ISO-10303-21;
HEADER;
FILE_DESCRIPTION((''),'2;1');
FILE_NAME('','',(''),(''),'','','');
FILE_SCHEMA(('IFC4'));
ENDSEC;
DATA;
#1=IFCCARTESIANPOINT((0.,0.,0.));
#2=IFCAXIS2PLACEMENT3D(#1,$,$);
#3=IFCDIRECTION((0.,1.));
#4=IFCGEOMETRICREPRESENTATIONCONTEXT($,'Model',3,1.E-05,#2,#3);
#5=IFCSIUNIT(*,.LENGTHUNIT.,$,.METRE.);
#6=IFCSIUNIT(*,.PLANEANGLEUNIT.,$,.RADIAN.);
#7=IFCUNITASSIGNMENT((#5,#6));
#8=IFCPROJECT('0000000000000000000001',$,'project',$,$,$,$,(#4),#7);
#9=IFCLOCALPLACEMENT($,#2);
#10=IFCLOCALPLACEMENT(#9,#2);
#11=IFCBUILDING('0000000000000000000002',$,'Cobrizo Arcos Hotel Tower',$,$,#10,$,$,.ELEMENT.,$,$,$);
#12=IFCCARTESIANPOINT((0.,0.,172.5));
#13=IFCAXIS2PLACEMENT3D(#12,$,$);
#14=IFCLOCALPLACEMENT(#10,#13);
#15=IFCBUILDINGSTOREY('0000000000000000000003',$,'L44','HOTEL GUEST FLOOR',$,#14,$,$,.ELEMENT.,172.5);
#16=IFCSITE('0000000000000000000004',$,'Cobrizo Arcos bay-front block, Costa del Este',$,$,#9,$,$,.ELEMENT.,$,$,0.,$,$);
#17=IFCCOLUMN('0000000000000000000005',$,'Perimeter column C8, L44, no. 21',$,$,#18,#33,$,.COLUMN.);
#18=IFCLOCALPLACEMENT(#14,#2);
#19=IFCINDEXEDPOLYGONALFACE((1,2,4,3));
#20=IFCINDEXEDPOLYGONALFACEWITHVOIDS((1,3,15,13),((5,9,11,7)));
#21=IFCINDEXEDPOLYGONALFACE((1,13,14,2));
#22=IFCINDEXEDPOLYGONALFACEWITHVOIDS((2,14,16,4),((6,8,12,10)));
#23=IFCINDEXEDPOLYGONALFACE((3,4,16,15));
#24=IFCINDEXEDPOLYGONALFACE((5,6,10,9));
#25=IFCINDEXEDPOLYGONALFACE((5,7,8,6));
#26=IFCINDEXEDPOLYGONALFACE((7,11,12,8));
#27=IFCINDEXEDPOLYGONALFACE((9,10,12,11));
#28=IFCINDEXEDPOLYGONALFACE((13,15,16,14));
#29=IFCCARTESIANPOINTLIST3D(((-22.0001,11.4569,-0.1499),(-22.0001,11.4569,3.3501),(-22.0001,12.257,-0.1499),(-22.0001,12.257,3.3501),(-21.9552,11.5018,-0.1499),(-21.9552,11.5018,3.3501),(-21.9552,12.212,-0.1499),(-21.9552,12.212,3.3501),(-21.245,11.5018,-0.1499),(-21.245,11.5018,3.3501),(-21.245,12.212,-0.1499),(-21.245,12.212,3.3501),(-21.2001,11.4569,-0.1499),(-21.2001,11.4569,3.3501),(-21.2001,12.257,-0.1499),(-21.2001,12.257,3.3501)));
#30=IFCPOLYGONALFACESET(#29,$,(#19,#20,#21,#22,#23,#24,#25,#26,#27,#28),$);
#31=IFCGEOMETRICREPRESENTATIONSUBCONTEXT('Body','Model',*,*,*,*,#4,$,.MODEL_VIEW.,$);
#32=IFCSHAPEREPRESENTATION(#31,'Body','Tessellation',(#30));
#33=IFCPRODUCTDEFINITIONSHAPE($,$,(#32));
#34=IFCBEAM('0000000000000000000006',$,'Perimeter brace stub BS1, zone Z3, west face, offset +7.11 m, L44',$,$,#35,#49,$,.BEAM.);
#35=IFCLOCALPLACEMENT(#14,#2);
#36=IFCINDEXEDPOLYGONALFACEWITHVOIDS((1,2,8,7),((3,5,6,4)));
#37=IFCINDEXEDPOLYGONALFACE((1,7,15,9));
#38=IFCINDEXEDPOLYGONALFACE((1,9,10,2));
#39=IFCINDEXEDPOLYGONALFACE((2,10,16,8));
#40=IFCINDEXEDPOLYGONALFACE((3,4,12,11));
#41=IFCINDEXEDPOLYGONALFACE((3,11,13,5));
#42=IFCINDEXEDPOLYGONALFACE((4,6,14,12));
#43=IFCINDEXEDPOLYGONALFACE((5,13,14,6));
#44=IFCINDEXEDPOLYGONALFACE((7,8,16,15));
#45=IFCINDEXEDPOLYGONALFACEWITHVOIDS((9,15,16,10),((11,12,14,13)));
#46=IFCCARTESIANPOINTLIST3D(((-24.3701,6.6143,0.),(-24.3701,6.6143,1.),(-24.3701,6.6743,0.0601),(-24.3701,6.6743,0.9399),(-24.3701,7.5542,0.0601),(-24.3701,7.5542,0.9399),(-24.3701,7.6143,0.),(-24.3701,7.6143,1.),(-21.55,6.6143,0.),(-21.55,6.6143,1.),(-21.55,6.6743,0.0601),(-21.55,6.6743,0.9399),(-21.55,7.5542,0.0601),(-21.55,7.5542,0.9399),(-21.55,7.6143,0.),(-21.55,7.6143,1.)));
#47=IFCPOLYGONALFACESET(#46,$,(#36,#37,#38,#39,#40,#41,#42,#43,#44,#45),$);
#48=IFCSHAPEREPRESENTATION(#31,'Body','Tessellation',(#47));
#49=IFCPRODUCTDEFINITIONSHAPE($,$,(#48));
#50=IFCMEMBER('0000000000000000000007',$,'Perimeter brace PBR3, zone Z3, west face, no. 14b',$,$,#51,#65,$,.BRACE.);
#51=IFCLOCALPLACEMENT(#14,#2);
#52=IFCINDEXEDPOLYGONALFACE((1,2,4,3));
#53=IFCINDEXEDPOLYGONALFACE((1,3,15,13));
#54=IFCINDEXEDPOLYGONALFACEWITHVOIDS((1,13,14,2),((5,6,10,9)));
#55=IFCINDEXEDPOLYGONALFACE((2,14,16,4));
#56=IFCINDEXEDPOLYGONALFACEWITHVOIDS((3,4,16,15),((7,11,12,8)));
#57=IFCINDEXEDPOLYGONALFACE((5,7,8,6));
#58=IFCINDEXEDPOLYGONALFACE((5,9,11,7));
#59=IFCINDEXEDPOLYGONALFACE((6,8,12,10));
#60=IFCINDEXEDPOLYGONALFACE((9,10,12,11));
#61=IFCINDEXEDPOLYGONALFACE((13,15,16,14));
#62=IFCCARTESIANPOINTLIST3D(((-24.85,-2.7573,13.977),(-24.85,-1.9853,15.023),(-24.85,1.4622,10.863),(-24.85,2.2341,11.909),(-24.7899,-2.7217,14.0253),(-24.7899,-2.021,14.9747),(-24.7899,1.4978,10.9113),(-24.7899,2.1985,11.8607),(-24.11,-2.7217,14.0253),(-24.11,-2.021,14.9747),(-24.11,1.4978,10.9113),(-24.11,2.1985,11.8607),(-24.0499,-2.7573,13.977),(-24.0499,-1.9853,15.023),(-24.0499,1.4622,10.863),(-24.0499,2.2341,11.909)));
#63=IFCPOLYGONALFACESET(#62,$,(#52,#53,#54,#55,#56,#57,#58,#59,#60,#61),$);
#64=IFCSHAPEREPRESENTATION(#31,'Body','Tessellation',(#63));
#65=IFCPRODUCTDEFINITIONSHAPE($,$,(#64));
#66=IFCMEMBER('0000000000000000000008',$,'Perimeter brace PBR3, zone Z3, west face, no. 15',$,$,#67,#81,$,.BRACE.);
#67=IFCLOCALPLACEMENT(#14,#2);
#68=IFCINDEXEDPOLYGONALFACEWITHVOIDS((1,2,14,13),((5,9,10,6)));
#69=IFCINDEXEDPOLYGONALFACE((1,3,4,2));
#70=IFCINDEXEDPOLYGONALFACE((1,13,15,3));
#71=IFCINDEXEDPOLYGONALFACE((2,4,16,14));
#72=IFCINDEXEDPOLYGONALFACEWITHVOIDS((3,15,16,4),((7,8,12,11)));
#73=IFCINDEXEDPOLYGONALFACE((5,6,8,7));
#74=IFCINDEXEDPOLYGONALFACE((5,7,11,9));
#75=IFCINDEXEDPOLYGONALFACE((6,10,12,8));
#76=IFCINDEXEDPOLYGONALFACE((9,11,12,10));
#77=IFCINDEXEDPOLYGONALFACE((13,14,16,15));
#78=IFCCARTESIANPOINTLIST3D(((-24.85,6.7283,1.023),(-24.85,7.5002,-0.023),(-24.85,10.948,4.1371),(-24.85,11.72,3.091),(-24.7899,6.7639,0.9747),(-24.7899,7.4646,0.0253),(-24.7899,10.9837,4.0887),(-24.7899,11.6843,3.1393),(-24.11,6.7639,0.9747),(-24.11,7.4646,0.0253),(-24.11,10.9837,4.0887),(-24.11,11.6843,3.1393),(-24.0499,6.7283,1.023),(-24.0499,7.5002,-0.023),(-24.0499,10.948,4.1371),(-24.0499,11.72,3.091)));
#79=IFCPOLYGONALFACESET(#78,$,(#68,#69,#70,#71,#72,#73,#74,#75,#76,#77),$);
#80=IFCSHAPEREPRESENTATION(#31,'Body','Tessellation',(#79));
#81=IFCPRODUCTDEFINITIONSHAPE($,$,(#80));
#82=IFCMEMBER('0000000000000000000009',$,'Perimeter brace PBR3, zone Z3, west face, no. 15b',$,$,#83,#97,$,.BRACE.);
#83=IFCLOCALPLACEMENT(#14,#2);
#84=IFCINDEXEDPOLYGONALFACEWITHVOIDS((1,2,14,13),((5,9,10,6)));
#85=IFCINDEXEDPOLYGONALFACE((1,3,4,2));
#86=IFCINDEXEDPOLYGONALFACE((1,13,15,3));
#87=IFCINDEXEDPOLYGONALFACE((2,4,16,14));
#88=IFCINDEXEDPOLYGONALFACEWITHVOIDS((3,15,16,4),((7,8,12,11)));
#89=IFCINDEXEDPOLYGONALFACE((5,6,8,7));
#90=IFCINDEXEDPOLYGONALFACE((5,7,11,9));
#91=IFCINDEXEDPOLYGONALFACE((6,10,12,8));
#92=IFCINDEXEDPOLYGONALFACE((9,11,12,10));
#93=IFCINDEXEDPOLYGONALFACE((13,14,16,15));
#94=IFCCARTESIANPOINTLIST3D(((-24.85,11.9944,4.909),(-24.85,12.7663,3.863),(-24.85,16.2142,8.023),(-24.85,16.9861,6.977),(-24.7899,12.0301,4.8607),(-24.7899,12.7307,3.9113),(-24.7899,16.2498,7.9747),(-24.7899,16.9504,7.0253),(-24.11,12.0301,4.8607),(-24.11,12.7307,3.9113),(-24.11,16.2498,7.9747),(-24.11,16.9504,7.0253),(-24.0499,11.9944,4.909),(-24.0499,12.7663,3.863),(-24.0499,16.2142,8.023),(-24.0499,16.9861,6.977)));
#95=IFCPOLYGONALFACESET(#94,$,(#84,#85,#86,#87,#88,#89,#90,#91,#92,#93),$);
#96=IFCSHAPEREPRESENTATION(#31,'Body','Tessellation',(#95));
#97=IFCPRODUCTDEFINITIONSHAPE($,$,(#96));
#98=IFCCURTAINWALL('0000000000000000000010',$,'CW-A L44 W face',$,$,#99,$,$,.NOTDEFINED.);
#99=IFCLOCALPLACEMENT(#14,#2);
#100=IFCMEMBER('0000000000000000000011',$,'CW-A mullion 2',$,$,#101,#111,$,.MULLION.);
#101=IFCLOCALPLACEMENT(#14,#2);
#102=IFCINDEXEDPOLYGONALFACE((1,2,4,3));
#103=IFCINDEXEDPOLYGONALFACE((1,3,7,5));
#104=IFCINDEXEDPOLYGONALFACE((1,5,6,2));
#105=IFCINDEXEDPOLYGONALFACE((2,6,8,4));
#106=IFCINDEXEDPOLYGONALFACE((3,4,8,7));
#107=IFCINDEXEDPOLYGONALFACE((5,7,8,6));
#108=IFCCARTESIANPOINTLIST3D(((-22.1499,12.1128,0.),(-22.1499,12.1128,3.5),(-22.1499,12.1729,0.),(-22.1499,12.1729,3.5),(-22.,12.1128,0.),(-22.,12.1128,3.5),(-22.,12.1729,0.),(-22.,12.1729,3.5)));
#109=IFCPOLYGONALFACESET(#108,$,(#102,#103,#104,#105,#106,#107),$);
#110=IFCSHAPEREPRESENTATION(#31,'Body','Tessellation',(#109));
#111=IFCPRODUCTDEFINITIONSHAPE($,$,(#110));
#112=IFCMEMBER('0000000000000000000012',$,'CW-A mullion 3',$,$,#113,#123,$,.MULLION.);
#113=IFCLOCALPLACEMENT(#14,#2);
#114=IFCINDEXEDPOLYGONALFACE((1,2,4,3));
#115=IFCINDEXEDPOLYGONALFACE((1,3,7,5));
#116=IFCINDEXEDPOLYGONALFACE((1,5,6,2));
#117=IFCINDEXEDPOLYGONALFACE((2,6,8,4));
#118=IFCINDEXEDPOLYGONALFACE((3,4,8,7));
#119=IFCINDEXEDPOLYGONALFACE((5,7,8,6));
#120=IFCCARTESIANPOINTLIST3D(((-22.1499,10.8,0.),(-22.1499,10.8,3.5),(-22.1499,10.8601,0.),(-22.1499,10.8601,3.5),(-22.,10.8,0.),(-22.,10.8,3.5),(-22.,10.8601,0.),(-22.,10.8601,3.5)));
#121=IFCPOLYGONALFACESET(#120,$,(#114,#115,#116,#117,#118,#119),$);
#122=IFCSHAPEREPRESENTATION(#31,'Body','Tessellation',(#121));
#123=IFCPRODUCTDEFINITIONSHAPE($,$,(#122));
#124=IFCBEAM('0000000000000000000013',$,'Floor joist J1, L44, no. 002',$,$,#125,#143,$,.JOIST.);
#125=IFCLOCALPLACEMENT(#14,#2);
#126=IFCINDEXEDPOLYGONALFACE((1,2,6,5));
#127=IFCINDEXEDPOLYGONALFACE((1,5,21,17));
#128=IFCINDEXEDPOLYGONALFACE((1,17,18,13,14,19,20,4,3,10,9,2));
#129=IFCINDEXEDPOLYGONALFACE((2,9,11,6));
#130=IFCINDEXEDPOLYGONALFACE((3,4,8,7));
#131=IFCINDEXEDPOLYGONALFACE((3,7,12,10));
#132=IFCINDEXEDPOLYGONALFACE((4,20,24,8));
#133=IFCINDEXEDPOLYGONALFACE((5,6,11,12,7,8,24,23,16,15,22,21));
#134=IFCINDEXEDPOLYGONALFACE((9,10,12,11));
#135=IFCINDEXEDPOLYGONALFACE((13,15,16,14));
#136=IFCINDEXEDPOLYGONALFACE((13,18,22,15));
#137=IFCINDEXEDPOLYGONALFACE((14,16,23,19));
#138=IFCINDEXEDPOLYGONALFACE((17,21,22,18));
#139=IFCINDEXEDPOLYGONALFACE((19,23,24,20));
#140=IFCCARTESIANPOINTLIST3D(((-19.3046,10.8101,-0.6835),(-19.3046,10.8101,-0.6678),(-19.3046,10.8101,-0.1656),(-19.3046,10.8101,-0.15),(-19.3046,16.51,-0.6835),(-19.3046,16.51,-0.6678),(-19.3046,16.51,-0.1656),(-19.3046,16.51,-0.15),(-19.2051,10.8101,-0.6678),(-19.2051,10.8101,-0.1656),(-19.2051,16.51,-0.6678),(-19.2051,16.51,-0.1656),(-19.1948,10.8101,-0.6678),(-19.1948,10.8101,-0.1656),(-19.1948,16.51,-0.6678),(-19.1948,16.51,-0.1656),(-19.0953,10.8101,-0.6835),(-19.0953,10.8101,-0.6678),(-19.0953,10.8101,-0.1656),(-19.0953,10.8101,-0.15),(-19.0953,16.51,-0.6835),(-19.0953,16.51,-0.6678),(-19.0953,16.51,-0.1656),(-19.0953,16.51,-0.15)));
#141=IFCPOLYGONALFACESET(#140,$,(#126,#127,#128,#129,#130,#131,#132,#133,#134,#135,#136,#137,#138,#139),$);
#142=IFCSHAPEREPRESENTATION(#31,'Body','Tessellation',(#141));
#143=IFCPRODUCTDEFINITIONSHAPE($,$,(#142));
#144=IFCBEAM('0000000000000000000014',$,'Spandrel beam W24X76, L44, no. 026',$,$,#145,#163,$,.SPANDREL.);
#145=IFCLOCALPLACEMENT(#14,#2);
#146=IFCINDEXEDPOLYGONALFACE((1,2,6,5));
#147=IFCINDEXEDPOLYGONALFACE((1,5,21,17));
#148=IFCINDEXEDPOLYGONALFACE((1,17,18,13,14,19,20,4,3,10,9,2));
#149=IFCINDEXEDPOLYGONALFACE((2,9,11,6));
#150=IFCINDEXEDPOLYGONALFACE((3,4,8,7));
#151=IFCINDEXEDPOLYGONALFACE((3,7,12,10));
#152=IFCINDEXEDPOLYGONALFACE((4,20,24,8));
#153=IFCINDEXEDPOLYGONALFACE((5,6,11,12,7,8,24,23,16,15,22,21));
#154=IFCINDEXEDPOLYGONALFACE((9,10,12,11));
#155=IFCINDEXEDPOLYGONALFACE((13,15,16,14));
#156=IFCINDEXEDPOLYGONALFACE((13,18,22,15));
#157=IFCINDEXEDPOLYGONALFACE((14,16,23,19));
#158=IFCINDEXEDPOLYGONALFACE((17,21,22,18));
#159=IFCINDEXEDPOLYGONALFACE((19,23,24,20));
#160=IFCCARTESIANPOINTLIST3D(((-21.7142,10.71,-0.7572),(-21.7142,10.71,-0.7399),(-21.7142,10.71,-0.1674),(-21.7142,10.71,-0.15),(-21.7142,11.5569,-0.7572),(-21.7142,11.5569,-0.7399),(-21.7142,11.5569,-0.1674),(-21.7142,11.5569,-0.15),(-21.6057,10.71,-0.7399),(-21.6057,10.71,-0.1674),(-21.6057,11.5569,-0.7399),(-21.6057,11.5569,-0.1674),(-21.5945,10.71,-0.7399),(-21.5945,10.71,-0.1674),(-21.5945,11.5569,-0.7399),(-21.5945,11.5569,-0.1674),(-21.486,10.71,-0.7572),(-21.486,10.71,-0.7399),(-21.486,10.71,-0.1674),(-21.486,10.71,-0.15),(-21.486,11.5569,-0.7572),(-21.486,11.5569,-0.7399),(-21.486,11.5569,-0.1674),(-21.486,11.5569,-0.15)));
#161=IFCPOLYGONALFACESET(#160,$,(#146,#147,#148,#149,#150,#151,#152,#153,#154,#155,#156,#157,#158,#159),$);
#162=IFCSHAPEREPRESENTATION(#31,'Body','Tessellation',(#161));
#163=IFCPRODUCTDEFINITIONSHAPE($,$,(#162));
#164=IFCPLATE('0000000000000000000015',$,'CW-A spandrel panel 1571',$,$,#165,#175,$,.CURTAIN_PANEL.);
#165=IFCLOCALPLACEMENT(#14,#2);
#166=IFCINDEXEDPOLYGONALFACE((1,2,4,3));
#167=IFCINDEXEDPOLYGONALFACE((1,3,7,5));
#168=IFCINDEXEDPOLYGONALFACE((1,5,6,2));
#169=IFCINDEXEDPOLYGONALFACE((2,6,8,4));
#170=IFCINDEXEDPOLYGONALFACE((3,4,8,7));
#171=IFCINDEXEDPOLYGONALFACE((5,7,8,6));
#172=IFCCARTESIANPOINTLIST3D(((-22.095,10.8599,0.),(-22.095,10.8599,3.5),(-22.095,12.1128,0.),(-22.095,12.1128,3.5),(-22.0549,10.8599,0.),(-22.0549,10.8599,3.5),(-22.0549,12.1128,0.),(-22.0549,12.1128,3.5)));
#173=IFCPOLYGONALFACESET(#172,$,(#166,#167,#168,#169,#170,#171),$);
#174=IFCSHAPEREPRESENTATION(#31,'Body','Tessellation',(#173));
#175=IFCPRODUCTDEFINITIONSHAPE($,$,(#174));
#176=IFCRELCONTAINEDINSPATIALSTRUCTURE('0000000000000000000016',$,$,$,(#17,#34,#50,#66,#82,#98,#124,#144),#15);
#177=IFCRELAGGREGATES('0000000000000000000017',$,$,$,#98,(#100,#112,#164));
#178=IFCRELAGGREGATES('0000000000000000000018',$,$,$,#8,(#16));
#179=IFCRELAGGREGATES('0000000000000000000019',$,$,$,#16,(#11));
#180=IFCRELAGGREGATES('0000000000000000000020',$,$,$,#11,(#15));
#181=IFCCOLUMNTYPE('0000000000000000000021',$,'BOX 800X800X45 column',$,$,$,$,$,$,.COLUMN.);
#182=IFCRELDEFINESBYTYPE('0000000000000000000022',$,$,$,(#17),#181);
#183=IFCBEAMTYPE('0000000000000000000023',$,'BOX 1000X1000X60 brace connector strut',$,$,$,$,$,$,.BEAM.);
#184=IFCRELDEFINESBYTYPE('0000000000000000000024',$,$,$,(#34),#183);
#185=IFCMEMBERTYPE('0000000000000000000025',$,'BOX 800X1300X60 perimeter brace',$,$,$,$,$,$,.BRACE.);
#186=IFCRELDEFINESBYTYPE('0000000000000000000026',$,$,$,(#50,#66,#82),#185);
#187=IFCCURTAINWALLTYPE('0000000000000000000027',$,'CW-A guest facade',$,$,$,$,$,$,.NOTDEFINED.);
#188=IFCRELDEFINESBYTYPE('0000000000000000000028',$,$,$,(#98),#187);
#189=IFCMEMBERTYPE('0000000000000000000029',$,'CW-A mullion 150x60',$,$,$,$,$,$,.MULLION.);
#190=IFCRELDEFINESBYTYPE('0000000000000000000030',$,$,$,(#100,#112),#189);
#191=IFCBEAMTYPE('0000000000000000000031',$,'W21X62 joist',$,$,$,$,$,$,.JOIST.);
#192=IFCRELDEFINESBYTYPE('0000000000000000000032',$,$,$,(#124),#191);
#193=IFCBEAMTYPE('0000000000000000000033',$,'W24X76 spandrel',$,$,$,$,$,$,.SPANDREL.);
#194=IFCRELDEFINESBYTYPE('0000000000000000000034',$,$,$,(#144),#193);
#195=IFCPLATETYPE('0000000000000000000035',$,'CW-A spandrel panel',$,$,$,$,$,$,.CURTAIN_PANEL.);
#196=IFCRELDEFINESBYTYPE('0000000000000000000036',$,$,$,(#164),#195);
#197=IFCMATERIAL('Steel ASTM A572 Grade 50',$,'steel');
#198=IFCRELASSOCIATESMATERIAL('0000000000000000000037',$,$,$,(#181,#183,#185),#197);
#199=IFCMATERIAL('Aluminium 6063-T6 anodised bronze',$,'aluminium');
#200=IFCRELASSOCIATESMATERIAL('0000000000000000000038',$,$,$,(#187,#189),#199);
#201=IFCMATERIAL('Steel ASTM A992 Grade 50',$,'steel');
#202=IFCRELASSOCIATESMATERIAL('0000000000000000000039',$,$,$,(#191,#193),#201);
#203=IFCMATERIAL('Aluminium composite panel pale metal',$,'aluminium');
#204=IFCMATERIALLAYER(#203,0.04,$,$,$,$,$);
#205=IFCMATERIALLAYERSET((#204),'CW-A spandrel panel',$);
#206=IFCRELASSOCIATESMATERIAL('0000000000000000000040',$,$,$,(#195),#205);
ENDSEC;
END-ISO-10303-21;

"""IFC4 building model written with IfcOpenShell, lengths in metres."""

from ifc_helpers import new_model, si_unit, direction, frame, origin, origin_2d, place, context, subcontext, project, spatial, rectangle, hollow_rectangle, i_section, extrude, material, layer, layer_set, material_profile, profile_set, type_object, element, aggregate, save


model = new_model("IFC4")

# Units and contexts
model_context = context("Model", 3, precision=1e-05, world=origin(), true_north=direction((0.0, 1.0)))
body_context = subcontext(model_context, "Body", "Model", "MODEL_VIEW")
ifc_project = project(units=[si_unit("LENGTHUNIT", "METRE"), si_unit("PLANEANGLEUNIT", "RADIAN")], contexts=[model_context])

# Site, building, storey
site_placement = place(None, origin())
site = spatial("IfcSite", under=ifc_project, at=site_placement, Name="Cobrizo Arcos bay-front block, Costa del Este", CompositionType="ELEMENT", RefElevation=0.0)
building_placement = place(site_placement, origin())
building = spatial("IfcBuilding", under=site, at=building_placement, Name="Cobrizo Arcos Hotel Tower", CompositionType="ELEMENT")
storey_placement = place(building_placement, frame((0.0, 0.0, 172.5)))
storey = spatial("IfcBuildingStorey", under=building, at=storey_placement, Name="L44", Description="HOTEL GUEST FLOOR", CompositionType="ELEMENT", Elevation=172.5)

# Column
ifc_material_1 = material(Name="Steel ASTM A572 Grade 50", Category="steel")
ifc_material_profile_1 = material_profile(ifc_material_1, hollow_rectangle(XDim=0.8, YDim=0.8, WallThickness=0.0449, at=origin_2d()), Name="BOX 800X800X45")
ifc_profile_set_1 = profile_set([ifc_material_profile_1], Name="Steel ASTM A572 Grade 50")
column_type = type_object("IfcColumnType", Name="BOX 800X800X45 column", PredefinedType="COLUMN", material=ifc_profile_set_1)
column_placement = place(storey_placement, frame((-21.6001, 11.8569, -0.1499), z_axis=(0.0, 0.0, 1.0), x_axis=(1.0, 0.0, 0.0)))
element("IfcColumn", 1, at=column_placement, inside=storey, type_object=column_type, Name="Perimeter column C8, L44, no. 21", PredefinedType="COLUMN", context=body_context, shape_type="SweptSolid", body=[
    extrude(hollow_rectangle(XDim=0.8, YDim=0.8, WallThickness=0.0449, at=origin_2d()), origin(), (0.0, 0.0, 1.0), 3.5),
])

# Beam
ifc_material_profile_2 = material_profile(ifc_material_1, hollow_rectangle(XDim=1.0, YDim=1.0, WallThickness=0.0601, at=origin_2d()), Name="BOX 1000X1000X60")
ifc_profile_set_2 = profile_set([ifc_material_profile_2], Name="Steel ASTM A572 Grade 50")
beam_type_1 = type_object("IfcBeamType", Name="BOX 1000X1000X60 brace connector strut", PredefinedType="BEAM", material=ifc_profile_set_2)
beam_1_placement = place(storey_placement, frame((-21.55, 7.1143, 0.5), z_axis=(-1.0, 0.0, 0.0), x_axis=(0.0, -1.0, 0.0)))
element("IfcBeam", 2, at=beam_1_placement, inside=storey, type_object=beam_type_1, Name="Perimeter brace stub BS1, zone Z3, west face, offset +7.11 m, L44", PredefinedType="BEAM", context=body_context, shape_type="SweptSolid", body=[
    extrude(hollow_rectangle(XDim=1.0, YDim=1.0, WallThickness=0.0601, at=origin_2d()), origin(), (0.0, 0.0, 1.0), 2.8201),
])

# Members
ifc_material_profile_3 = material_profile(ifc_material_1, hollow_rectangle(XDim=0.8, YDim=1.3, WallThickness=0.0601, at=origin_2d()), Name="BOX 800X1300X60")
ifc_profile_set_3 = profile_set([ifc_material_profile_3], Name="Steel ASTM A572 Grade 50")
member_type_1 = type_object("IfcMemberType", Name="BOX 800X1300X60 perimeter brace", PredefinedType="BRACE", material=ifc_profile_set_3)
member_1_placement = place(storey_placement, frame((-24.45, 1.8481, 11.386), z_axis=(0.0, -0.804607, 0.593807), x_axis=(1.0, 0.0, 0.0)))
element("IfcMember", 3, at=member_1_placement, inside=storey, type_object=member_type_1, Name="Perimeter brace PBR3, zone Z3, west face, no. 14b", PredefinedType="BRACE", context=body_context, shape_type="SweptSolid", body=[
    extrude(hollow_rectangle(XDim=0.8, YDim=1.3, WallThickness=0.0601, at=origin_2d()), origin(), (0.0, 0.0, 1.0), 5.2441),
])
for number, where, z_axis, x_axis, name in (
    (4, (-24.45, 7.1143, 0.5), (0.0, 0.804624, 0.593785), (-1.0, 0.0, 0.0), "Perimeter brace PBR3, zone Z3, west face, no. 15"),
    (5, (-24.45, 12.3804, 4.386), (0.0, 0.804624, 0.593785), (-1.0, 0.0, 0.0), "Perimeter brace PBR3, zone Z3, west face, no. 15b"),
):
    element("IfcMember", number, at=place(storey_placement, frame(where, z_axis=z_axis, x_axis=x_axis)), inside=storey, type_object=member_type_1, Name=name, PredefinedType="BRACE", context=body_context, shape_type="SweptSolid", body=[
        extrude(hollow_rectangle(XDim=0.8, YDim=1.3, WallThickness=0.0601, at=origin_2d()), origin(), (0.0, 0.0, 1.0), 5.2444),
    ])

# Curtain wall, members
ifc_material_2 = material(Name="Aluminium 6063-T6 anodised bronze", Category="aluminium")
curtain_wall_type = type_object("IfcCurtainWallType", Name="CW-A guest facade", PredefinedType="NOTDEFINED", material=ifc_material_2)
curtain_wall_placement = place(storey_placement, origin())
curtain_wall = element("IfcCurtainWall", 6, at=curtain_wall_placement, inside=storey, type_object=curtain_wall_type, Name="CW-A L44 W face", PredefinedType="NOTDEFINED")
ifc_material_profile_4 = material_profile(ifc_material_2, rectangle(XDim=0.1499, YDim=0.0601, at=origin_2d()), Name="CW-A mullion 150x60")
ifc_profile_set_4 = profile_set([ifc_material_profile_4], Name="Aluminium 6063-T6 anodised bronze")
member_type_2 = type_object("IfcMemberType", Name="CW-A mullion 150x60", PredefinedType="MULLION", material=ifc_profile_set_4)
member_2_placement = place(storey_placement, frame((-22.075, 12.1428, 0.0), z_axis=(0.0, 0.0, 1.0), x_axis=(-1.0, 0.0, 0.0)))
member_2 = element("IfcMember", 7, at=member_2_placement, type_object=member_type_2, Name="CW-A mullion 2", PredefinedType="MULLION", context=body_context, shape_type="SweptSolid", body=[
    extrude(rectangle(XDim=0.1499, YDim=0.0601, at=origin_2d()), origin(), (0.0, 0.0, 1.0), 3.5),
])
member_3_placement = place(storey_placement, frame((-22.075, 10.8301, 0.0), z_axis=(0.0, 0.0, 1.0), x_axis=(-1.0, 0.0, 0.0)))
member_3 = element("IfcMember", 8, at=member_3_placement, type_object=member_type_2, Name="CW-A mullion 3", PredefinedType="MULLION", context=body_context, shape_type="SweptSolid", body=[
    extrude(rectangle(XDim=0.1499, YDim=0.0601, at=origin_2d()), origin(), (0.0, 0.0, 1.0), 3.5),
])

# Beams
ifc_material_3 = material(Name="Steel ASTM A992 Grade 50", Category="steel")
ifc_material_profile_5 = material_profile(ifc_material_3, i_section(OverallWidth=0.2092, OverallDepth=0.5334, WebThickness=0.0103, FlangeThickness=0.0156, at=origin_2d()), Name="W21X62")
ifc_profile_set_5 = profile_set([ifc_material_profile_5], Name="Steel ASTM A992 Grade 50")
beam_type_2 = type_object("IfcBeamType", Name="W21X62 joist", PredefinedType="JOIST", material=ifc_profile_set_5)
beam_2_placement = place(storey_placement, frame((-19.2, 10.8101, -0.4167), z_axis=(0.0, 1.0, 0.0), x_axis=(-1.0, 0.0, 0.0)))
element("IfcBeam", 9, at=beam_2_placement, inside=storey, type_object=beam_type_2, Name="Floor joist J1, L44, no. 002", PredefinedType="JOIST", context=body_context, shape_type="SweptSolid", body=[
    extrude(i_section(OverallWidth=0.2092, OverallDepth=0.5334, WebThickness=0.0103, FlangeThickness=0.0156, at=origin_2d()), origin(), (0.0, 0.0, 1.0), 5.7),
])
ifc_material_profile_6 = material_profile(ifc_material_3, i_section(OverallWidth=0.2283, OverallDepth=0.6072, WebThickness=0.0112, FlangeThickness=0.0173, at=origin_2d()), Name="W24X76")
ifc_profile_set_6 = profile_set([ifc_material_profile_6], Name="Steel ASTM A992 Grade 50")
beam_type_3 = type_object("IfcBeamType", Name="W24X76 spandrel", PredefinedType="SPANDREL", material=ifc_profile_set_6)
beam_3_placement = place(storey_placement, frame((-21.6001, 11.5569, -0.4536), z_axis=(0.0, -1.0, 0.0), x_axis=(1.0, 0.0, 0.0)))
element("IfcBeam", 10, at=beam_3_placement, inside=storey, type_object=beam_type_3, Name="Spandrel beam W24X76, L44, no. 026", PredefinedType="SPANDREL", context=body_context, shape_type="SweptSolid", body=[
    extrude(i_section(OverallWidth=0.2283, OverallDepth=0.6072, WebThickness=0.0112, FlangeThickness=0.0173, at=origin_2d()), origin(), (0.0, 0.0, 1.0), 0.8469),
])

# Plate
ifc_material_4 = material(Name="Aluminium composite panel pale metal", Category="aluminium")
ifc_layer_1 = layer(ifc_material_4, 0.04)
ifc_layer_set_1 = layer_set([ifc_layer_1], Name="CW-A spandrel panel")
plate_type = type_object("IfcPlateType", Name="CW-A spandrel panel", PredefinedType="CURTAIN_PANEL", material=ifc_layer_set_1)
plate_placement = place(storey_placement, frame((-22.075, 11.4863, 0.0), z_axis=(0.0, 0.0, 1.0), x_axis=(0.0, -1.0, 0.0)))
plate = element("IfcPlate", 11, at=plate_placement, type_object=plate_type, Name="CW-A spandrel panel 1571", PredefinedType="CURTAIN_PANEL", context=body_context, shape_type="SweptSolid", body=[
    extrude(rectangle(XDim=1.2529, YDim=0.04, at=origin_2d()), origin(), (0.0, 0.0, 1.0), 3.5),
])
aggregate(curtain_wall, [member_2, member_3, plate])

save(model, "model.ifc")
